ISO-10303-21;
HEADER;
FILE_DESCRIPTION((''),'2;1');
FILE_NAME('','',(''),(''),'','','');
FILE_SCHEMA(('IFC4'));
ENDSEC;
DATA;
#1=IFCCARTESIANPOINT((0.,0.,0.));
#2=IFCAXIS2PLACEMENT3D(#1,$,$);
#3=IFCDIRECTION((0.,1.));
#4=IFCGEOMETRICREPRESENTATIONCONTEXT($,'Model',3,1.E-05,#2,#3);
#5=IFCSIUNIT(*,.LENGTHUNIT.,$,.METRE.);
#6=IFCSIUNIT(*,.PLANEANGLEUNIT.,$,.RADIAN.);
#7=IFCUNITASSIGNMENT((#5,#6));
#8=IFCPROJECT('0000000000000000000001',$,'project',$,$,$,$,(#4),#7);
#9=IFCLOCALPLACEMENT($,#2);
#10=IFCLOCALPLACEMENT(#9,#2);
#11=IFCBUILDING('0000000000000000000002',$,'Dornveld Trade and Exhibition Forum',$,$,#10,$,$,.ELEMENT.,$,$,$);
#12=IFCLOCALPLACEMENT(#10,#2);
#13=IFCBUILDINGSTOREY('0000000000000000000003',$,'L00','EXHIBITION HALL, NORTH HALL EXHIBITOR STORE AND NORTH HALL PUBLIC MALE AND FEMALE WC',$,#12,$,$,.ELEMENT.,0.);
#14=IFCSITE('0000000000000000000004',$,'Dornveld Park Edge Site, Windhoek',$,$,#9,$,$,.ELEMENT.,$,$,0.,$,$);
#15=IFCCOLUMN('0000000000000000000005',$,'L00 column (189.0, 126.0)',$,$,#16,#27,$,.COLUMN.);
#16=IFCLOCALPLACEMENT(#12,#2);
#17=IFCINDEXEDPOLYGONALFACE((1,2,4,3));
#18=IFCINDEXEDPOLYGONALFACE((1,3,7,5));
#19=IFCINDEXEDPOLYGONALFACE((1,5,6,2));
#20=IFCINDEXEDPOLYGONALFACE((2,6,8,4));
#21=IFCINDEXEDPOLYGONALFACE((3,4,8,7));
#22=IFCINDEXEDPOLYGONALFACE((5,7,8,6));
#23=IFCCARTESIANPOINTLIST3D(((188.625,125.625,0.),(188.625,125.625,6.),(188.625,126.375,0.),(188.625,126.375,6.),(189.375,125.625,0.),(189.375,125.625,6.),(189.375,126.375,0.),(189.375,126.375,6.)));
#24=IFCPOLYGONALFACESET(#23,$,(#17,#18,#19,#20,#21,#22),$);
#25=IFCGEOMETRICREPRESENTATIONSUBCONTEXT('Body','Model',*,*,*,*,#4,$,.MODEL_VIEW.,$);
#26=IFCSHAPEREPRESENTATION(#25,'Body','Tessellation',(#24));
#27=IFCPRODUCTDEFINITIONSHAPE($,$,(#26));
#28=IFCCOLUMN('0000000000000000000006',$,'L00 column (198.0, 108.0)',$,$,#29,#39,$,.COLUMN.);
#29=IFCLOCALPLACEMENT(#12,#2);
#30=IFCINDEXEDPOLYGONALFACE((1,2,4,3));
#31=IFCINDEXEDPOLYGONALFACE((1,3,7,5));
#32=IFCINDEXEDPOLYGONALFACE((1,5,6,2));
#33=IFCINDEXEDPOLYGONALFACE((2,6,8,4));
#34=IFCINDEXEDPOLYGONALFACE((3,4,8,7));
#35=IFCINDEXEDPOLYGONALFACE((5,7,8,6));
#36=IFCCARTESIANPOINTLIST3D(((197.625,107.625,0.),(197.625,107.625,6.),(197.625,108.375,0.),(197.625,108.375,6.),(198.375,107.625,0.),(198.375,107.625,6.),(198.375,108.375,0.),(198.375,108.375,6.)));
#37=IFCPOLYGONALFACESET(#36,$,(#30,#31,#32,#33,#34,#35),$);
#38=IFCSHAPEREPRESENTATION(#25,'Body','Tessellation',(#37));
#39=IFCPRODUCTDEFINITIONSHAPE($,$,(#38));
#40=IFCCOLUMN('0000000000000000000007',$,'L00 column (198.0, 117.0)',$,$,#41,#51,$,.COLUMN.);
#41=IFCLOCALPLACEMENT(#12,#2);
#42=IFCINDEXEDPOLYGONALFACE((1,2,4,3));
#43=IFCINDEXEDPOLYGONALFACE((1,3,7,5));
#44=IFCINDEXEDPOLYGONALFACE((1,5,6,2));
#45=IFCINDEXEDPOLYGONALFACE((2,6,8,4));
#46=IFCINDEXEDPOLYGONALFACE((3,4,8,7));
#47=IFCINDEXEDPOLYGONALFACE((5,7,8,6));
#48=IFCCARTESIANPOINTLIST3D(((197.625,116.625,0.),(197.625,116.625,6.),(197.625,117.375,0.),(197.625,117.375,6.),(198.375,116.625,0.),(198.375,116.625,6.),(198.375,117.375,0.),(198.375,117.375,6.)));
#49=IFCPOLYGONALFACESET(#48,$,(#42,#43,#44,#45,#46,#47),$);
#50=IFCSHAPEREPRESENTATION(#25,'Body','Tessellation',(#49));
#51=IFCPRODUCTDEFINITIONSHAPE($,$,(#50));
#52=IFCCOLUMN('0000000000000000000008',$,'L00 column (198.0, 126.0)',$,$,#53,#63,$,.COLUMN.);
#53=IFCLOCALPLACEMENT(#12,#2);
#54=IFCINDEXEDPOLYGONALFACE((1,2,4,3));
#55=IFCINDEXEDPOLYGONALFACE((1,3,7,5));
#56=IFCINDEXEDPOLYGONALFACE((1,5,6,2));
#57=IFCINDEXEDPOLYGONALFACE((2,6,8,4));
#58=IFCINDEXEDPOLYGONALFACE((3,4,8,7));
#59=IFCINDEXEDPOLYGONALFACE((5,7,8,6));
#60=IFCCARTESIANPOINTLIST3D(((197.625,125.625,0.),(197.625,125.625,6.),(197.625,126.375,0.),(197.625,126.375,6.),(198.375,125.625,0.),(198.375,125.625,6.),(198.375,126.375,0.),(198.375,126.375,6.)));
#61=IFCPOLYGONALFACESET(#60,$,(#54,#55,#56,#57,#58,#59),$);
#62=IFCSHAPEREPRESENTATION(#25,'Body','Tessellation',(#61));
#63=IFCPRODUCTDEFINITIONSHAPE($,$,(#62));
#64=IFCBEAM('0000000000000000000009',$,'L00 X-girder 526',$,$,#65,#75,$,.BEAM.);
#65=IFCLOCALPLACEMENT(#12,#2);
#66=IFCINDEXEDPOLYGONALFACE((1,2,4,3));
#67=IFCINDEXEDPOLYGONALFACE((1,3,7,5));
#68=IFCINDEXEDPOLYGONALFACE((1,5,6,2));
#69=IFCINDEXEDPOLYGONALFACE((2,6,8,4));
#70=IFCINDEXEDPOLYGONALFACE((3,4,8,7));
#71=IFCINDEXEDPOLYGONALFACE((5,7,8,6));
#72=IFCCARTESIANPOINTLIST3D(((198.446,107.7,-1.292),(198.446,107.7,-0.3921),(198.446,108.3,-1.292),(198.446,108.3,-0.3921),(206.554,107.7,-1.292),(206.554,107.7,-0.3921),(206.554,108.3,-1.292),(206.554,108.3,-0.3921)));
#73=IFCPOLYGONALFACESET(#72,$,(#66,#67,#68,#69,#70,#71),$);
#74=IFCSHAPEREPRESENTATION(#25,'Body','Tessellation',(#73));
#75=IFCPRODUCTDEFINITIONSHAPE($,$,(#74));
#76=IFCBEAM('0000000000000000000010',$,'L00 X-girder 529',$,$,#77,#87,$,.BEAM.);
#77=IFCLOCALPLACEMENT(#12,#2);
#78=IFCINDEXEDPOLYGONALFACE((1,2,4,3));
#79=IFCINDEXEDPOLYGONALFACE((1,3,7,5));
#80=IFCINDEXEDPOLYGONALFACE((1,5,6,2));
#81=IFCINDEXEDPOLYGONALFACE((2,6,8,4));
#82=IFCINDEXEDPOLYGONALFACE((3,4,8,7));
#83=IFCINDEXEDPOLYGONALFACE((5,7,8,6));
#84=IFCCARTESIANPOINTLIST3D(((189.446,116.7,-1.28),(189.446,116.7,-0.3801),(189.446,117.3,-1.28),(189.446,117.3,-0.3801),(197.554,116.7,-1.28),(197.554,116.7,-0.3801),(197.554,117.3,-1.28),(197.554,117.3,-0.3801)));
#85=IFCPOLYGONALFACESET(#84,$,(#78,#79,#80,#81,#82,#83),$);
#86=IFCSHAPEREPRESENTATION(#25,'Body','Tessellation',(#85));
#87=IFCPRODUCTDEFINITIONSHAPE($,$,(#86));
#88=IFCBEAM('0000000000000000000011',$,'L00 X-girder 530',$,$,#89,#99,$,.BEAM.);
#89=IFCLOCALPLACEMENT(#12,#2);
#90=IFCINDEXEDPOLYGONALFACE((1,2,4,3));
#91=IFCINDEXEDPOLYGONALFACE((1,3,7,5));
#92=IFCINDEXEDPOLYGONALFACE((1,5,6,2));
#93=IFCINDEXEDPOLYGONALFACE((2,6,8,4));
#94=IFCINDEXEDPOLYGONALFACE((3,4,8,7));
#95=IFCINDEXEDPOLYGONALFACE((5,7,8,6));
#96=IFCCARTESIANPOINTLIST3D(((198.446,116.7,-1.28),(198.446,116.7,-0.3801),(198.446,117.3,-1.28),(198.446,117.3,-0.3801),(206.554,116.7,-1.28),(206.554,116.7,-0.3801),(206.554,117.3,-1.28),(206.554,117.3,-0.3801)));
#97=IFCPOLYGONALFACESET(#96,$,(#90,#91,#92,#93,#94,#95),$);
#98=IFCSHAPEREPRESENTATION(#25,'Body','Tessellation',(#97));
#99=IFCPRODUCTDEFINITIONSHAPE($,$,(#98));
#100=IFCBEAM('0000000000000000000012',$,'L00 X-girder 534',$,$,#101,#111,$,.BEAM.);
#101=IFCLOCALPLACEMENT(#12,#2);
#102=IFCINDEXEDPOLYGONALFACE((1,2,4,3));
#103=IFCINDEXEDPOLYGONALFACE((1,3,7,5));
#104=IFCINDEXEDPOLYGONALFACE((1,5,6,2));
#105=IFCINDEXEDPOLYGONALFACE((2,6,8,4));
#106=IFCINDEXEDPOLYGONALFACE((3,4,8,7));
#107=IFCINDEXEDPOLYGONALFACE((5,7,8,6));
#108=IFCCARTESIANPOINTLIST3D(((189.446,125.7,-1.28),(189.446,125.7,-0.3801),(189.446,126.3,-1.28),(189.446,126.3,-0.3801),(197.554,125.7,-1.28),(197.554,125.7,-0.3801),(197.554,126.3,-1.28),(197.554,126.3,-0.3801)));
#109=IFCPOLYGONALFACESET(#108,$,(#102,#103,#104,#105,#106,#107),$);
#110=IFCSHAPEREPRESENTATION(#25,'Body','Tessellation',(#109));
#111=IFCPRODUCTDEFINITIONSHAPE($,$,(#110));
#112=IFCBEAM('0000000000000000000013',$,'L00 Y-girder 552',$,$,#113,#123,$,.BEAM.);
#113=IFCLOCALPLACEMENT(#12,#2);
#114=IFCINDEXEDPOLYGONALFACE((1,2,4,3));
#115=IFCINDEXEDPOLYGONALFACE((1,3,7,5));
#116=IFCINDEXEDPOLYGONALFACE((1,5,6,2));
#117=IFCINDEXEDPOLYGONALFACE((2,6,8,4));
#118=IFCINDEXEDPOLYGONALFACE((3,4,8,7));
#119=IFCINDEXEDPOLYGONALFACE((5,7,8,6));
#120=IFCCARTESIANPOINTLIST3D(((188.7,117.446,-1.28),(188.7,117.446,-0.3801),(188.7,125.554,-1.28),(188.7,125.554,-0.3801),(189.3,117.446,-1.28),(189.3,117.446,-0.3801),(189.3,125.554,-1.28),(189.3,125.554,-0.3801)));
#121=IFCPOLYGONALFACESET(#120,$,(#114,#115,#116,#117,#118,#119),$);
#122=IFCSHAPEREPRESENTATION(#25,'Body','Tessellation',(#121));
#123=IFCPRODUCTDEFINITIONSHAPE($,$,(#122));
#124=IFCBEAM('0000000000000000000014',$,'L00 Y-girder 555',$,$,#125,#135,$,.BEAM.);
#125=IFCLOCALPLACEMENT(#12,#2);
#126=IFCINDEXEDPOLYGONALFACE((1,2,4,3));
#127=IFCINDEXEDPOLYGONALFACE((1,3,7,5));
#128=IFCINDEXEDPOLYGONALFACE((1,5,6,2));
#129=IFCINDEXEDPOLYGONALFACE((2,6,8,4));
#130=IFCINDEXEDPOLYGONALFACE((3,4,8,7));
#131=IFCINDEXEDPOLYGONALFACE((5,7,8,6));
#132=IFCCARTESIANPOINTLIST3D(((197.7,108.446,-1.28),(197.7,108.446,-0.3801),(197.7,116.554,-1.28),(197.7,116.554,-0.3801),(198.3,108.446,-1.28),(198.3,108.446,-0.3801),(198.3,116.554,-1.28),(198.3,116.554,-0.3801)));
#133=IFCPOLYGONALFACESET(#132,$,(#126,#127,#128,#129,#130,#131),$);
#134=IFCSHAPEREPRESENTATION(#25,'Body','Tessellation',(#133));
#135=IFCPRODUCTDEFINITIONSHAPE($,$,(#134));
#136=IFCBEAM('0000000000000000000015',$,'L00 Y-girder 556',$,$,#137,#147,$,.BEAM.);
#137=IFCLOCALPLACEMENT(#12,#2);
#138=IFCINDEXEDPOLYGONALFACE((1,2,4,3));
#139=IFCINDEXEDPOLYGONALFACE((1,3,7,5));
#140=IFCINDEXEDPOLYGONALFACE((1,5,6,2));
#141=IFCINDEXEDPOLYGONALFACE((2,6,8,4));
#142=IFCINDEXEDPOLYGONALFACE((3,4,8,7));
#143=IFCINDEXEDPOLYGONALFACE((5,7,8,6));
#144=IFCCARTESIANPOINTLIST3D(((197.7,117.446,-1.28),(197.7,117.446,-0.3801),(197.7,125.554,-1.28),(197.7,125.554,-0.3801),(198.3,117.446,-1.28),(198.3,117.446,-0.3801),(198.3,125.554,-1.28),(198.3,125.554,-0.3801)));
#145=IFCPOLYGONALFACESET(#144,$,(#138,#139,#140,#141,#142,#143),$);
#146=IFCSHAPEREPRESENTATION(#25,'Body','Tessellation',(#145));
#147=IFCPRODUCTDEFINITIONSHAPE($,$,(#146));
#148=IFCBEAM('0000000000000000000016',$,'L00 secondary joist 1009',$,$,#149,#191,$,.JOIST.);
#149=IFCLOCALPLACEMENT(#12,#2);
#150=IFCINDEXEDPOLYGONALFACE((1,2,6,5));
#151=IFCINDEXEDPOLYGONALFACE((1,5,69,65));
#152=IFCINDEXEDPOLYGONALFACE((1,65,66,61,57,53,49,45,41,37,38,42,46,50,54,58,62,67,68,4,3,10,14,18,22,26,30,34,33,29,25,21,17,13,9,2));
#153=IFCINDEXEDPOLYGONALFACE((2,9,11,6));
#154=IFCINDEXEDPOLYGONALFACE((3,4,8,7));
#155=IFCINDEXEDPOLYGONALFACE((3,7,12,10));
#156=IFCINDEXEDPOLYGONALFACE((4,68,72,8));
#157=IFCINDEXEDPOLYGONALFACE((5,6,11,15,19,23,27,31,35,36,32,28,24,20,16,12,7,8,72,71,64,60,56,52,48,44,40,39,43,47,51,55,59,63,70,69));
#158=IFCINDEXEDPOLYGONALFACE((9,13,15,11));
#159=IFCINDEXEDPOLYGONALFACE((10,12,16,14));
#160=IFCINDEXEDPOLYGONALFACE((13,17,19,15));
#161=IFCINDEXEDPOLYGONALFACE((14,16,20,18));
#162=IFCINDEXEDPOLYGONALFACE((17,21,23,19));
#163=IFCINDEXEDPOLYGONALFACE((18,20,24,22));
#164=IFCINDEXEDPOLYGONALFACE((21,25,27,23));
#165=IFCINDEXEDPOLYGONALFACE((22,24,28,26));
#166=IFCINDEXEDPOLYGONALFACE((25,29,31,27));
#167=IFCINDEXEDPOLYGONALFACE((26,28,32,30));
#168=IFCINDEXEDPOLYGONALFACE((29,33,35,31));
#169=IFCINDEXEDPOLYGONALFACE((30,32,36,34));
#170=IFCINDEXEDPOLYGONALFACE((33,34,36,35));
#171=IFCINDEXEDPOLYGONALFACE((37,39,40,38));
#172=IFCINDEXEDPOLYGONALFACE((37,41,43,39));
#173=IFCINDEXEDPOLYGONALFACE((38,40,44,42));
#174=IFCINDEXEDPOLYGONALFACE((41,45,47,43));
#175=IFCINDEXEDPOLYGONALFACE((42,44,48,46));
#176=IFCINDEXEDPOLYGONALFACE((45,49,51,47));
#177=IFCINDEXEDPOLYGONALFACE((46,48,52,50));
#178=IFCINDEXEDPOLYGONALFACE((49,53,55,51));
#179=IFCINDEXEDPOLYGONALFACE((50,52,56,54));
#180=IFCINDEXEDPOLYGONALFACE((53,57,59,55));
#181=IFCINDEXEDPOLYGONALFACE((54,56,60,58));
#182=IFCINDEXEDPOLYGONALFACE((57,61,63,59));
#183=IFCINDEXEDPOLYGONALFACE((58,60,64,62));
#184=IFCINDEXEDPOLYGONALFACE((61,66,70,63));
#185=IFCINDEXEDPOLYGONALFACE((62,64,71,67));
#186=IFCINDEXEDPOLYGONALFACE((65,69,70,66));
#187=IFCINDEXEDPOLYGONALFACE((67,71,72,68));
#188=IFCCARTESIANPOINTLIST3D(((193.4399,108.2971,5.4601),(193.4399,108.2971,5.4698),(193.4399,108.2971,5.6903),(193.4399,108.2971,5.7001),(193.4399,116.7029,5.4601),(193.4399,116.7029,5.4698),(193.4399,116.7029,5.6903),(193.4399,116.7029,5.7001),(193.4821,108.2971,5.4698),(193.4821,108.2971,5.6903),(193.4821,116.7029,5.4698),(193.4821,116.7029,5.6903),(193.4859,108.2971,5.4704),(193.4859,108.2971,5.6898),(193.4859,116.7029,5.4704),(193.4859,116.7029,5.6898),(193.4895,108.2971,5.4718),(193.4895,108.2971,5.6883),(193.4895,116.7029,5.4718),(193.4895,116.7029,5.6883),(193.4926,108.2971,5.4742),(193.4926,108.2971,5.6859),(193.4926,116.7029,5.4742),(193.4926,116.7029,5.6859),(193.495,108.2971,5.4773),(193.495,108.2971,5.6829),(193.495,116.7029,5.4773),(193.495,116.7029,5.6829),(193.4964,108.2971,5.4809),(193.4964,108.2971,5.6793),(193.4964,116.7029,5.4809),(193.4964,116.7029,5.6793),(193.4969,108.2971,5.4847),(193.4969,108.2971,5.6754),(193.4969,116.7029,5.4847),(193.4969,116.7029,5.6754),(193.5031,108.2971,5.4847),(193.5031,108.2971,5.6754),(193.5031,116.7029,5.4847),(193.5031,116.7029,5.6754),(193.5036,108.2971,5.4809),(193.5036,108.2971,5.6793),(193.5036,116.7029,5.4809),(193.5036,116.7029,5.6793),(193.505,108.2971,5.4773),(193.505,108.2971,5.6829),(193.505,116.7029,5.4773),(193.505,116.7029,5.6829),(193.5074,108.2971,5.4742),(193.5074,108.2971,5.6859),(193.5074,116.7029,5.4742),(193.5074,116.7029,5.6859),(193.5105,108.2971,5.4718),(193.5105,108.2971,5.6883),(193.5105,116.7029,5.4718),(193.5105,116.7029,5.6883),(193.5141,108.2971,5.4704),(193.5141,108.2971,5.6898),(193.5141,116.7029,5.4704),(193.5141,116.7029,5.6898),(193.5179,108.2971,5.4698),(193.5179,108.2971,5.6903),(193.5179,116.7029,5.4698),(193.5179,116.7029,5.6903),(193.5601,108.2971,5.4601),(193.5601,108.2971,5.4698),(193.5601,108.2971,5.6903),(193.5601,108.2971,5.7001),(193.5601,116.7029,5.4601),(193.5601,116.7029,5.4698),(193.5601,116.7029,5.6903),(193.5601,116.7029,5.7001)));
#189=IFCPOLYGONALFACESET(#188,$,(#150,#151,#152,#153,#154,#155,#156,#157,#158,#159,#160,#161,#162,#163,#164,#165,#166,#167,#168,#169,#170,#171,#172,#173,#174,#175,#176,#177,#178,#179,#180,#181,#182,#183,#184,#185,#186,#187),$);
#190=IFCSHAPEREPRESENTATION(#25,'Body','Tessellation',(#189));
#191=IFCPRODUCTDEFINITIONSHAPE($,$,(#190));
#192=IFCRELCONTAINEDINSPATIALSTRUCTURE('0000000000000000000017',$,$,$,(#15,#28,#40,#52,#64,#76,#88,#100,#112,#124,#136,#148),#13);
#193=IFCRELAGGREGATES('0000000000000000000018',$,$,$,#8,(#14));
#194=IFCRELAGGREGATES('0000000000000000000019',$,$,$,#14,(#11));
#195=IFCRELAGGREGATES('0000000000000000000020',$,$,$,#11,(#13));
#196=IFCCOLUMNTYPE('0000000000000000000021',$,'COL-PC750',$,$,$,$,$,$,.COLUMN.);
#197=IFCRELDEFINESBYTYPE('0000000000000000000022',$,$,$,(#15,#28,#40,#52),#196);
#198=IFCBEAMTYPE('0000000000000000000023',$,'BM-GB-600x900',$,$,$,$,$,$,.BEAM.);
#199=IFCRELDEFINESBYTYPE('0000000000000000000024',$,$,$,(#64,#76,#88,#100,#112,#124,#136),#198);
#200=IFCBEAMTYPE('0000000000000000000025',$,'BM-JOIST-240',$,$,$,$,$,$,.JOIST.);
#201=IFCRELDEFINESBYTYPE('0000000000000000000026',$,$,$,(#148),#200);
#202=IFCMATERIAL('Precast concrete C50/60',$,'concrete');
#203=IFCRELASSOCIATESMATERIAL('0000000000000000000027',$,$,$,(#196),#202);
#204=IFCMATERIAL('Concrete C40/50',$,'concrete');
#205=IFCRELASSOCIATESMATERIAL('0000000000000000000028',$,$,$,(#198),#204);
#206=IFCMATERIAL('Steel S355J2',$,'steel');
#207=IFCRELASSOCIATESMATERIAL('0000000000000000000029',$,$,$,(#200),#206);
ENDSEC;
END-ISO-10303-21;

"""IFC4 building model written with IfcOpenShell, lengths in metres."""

from ifc_helpers import new_model, si_unit, direction, frame, origin, origin_2d, place, context, subcontext, project, spatial, rectangle, i_section, extrude, material, material_profile, profile_set, type_object, element, save


model = new_model("IFC4")

# Units and contexts
model_context = context("Model", 3, precision=1e-05, world=origin(), true_north=direction((0.0, 1.0)))
body_context = subcontext(model_context, "Body", "Model", "MODEL_VIEW")
ifc_project = project(units=[si_unit("LENGTHUNIT", "METRE"), si_unit("PLANEANGLEUNIT", "RADIAN")], contexts=[model_context])

# Site, building, storey
site_placement = place(None, origin())
site = spatial("IfcSite", under=ifc_project, at=site_placement, Name="Dornveld Park Edge Site, Windhoek", CompositionType="ELEMENT", RefElevation=0.0)
building_placement = place(site_placement, origin())
building = spatial("IfcBuilding", under=site, at=building_placement, Name="Dornveld Trade and Exhibition Forum", CompositionType="ELEMENT")
storey_placement = place(building_placement, origin())
storey = spatial("IfcBuildingStorey", under=building, at=storey_placement, Name="L00", Description="EXHIBITION HALL, NORTH HALL EXHIBITOR STORE AND NORTH HALL PUBLIC MALE AND FEMALE WC", CompositionType="ELEMENT", Elevation=0.0)

# Columns
ifc_material_1 = material(Name="Precast concrete C50/60", Category="concrete")
ifc_material_profile_1 = material_profile(ifc_material_1, rectangle(XDim=0.75, YDim=0.75, at=origin_2d()), Name="PC-COL 750x750")
ifc_profile_set_1 = profile_set([ifc_material_profile_1], Name="Precast concrete C50/60")
column_type = type_object("IfcColumnType", Name="COL-PC750", PredefinedType="COLUMN", material=ifc_profile_set_1)
for number, where, z_axis, x_axis, name in (
    (1, (189.0, 126.0, 0.0), (0.0, 0.0, 1.0), (1.0, 0.0, 0.0), "L00 column (189.0, 126.0)"),
    (2, (198.0, 108.0, 0.0), (0.0, 0.0, 1.0), (1.0, 0.0, 0.0), "L00 column (198.0, 108.0)"),
    (3, (198.0, 117.0, 0.0), (0.0, 0.0, 1.0), (1.0, 0.0, 0.0), "L00 column (198.0, 117.0)"),
    (4, (198.0, 126.0, 0.0), (0.0, 0.0, 1.0), (1.0, 0.0, 0.0), "L00 column (198.0, 126.0)"),
):
    element("IfcColumn", number, at=place(storey_placement, frame(where, z_axis=z_axis, x_axis=x_axis)), inside=storey, type_object=column_type, Name=name, PredefinedType="COLUMN", context=body_context, shape_type="SweptSolid", body=[
        extrude(rectangle(XDim=0.75, YDim=0.75, at=origin_2d()), origin(), (0.0, 0.0, 1.0), 6.0),
    ])

# Beams
ifc_material_2 = material(Name="Concrete C40/50", Category="concrete")
ifc_material_profile_2 = material_profile(ifc_material_2, rectangle(XDim=0.6001, YDim=0.8999, at=origin_2d()), Name="RC-GB 600x900")
ifc_profile_set_2 = profile_set([ifc_material_profile_2], Name="Concrete C40/50")
beam_type_1 = type_object("IfcBeamType", Name="BM-GB-600x900", PredefinedType="BEAM", material=ifc_profile_set_2)
for number, where, z_axis, x_axis, name in (
    (5, (198.446, 108.0, -0.842), (1.0, 0.0, 0.0), (0.0, 1.0, 0.0), "L00 X-girder 526"),
    (6, (189.446, 117.0, -0.8301), (1.0, 0.0, 0.0), (0.0, 1.0, 0.0), "L00 X-girder 529"),
    (7, (198.446, 117.0, -0.8301), (1.0, 0.0, 0.0), (0.0, 1.0, 0.0), "L00 X-girder 530"),
    (8, (189.446, 126.0, -0.8301), (1.0, 0.0, 0.0), (0.0, 1.0, 0.0), "L00 X-girder 534"),
    (9, (189.0, 117.446, -0.8301), (0.0, 1.0, 0.0), (-1.0, 0.0, 0.0), "L00 Y-girder 552"),
    (10, (198.0, 108.446, -0.8301), (0.0, 1.0, 0.0), (-1.0, 0.0, 0.0), "L00 Y-girder 555"),
    (11, (198.0, 117.446, -0.8301), (0.0, 1.0, 0.0), (-1.0, 0.0, 0.0), "L00 Y-girder 556"),
):
    element("IfcBeam", number, at=place(storey_placement, frame(where, z_axis=z_axis, x_axis=x_axis)), inside=storey, type_object=beam_type_1, Name=name, PredefinedType="BEAM", context=body_context, shape_type="SweptSolid", body=[
        extrude(rectangle(XDim=0.6001, YDim=0.8999, at=origin_2d()), origin(), (0.0, 0.0, 1.0), 8.1079),
    ])
ifc_material_3 = material(Name="Steel S355J2", Category="steel")
ifc_material_profile_3 = material_profile(ifc_material_3, i_section(OverallWidth=0.1201, OverallDepth=0.24, WebThickness=0.0061, FlangeThickness=0.0098, FilletRadius=0.0149, at=origin_2d()), Name="IPE 240")
ifc_profile_set_3 = profile_set([ifc_material_profile_3], Name="Steel S355J2")
beam_type_2 = type_object("IfcBeamType", Name="BM-JOIST-240", PredefinedType="JOIST", material=ifc_profile_set_3)
for number, where, z_axis, x_axis, name in (
    (12, (193.5, 108.2971, 5.5801), (0.0, 1.0, 0.0), (-1.0, 0.0, 0.0), "L00 secondary joist 1009"),
):
    element("IfcBeam", number, at=place(storey_placement, frame(where, z_axis=z_axis, x_axis=x_axis)), inside=storey, type_object=beam_type_2, Name=name, PredefinedType="JOIST", context=body_context, shape_type="SweptSolid", body=[
        extrude(i_section(OverallWidth=0.1201, OverallDepth=0.24, WebThickness=0.0061, FlangeThickness=0.0098, FilletRadius=0.0149, at=origin_2d()), origin(), (0.0, 0.0, 1.0), 8.4058),
    ])

save(model, "model.ifc")
